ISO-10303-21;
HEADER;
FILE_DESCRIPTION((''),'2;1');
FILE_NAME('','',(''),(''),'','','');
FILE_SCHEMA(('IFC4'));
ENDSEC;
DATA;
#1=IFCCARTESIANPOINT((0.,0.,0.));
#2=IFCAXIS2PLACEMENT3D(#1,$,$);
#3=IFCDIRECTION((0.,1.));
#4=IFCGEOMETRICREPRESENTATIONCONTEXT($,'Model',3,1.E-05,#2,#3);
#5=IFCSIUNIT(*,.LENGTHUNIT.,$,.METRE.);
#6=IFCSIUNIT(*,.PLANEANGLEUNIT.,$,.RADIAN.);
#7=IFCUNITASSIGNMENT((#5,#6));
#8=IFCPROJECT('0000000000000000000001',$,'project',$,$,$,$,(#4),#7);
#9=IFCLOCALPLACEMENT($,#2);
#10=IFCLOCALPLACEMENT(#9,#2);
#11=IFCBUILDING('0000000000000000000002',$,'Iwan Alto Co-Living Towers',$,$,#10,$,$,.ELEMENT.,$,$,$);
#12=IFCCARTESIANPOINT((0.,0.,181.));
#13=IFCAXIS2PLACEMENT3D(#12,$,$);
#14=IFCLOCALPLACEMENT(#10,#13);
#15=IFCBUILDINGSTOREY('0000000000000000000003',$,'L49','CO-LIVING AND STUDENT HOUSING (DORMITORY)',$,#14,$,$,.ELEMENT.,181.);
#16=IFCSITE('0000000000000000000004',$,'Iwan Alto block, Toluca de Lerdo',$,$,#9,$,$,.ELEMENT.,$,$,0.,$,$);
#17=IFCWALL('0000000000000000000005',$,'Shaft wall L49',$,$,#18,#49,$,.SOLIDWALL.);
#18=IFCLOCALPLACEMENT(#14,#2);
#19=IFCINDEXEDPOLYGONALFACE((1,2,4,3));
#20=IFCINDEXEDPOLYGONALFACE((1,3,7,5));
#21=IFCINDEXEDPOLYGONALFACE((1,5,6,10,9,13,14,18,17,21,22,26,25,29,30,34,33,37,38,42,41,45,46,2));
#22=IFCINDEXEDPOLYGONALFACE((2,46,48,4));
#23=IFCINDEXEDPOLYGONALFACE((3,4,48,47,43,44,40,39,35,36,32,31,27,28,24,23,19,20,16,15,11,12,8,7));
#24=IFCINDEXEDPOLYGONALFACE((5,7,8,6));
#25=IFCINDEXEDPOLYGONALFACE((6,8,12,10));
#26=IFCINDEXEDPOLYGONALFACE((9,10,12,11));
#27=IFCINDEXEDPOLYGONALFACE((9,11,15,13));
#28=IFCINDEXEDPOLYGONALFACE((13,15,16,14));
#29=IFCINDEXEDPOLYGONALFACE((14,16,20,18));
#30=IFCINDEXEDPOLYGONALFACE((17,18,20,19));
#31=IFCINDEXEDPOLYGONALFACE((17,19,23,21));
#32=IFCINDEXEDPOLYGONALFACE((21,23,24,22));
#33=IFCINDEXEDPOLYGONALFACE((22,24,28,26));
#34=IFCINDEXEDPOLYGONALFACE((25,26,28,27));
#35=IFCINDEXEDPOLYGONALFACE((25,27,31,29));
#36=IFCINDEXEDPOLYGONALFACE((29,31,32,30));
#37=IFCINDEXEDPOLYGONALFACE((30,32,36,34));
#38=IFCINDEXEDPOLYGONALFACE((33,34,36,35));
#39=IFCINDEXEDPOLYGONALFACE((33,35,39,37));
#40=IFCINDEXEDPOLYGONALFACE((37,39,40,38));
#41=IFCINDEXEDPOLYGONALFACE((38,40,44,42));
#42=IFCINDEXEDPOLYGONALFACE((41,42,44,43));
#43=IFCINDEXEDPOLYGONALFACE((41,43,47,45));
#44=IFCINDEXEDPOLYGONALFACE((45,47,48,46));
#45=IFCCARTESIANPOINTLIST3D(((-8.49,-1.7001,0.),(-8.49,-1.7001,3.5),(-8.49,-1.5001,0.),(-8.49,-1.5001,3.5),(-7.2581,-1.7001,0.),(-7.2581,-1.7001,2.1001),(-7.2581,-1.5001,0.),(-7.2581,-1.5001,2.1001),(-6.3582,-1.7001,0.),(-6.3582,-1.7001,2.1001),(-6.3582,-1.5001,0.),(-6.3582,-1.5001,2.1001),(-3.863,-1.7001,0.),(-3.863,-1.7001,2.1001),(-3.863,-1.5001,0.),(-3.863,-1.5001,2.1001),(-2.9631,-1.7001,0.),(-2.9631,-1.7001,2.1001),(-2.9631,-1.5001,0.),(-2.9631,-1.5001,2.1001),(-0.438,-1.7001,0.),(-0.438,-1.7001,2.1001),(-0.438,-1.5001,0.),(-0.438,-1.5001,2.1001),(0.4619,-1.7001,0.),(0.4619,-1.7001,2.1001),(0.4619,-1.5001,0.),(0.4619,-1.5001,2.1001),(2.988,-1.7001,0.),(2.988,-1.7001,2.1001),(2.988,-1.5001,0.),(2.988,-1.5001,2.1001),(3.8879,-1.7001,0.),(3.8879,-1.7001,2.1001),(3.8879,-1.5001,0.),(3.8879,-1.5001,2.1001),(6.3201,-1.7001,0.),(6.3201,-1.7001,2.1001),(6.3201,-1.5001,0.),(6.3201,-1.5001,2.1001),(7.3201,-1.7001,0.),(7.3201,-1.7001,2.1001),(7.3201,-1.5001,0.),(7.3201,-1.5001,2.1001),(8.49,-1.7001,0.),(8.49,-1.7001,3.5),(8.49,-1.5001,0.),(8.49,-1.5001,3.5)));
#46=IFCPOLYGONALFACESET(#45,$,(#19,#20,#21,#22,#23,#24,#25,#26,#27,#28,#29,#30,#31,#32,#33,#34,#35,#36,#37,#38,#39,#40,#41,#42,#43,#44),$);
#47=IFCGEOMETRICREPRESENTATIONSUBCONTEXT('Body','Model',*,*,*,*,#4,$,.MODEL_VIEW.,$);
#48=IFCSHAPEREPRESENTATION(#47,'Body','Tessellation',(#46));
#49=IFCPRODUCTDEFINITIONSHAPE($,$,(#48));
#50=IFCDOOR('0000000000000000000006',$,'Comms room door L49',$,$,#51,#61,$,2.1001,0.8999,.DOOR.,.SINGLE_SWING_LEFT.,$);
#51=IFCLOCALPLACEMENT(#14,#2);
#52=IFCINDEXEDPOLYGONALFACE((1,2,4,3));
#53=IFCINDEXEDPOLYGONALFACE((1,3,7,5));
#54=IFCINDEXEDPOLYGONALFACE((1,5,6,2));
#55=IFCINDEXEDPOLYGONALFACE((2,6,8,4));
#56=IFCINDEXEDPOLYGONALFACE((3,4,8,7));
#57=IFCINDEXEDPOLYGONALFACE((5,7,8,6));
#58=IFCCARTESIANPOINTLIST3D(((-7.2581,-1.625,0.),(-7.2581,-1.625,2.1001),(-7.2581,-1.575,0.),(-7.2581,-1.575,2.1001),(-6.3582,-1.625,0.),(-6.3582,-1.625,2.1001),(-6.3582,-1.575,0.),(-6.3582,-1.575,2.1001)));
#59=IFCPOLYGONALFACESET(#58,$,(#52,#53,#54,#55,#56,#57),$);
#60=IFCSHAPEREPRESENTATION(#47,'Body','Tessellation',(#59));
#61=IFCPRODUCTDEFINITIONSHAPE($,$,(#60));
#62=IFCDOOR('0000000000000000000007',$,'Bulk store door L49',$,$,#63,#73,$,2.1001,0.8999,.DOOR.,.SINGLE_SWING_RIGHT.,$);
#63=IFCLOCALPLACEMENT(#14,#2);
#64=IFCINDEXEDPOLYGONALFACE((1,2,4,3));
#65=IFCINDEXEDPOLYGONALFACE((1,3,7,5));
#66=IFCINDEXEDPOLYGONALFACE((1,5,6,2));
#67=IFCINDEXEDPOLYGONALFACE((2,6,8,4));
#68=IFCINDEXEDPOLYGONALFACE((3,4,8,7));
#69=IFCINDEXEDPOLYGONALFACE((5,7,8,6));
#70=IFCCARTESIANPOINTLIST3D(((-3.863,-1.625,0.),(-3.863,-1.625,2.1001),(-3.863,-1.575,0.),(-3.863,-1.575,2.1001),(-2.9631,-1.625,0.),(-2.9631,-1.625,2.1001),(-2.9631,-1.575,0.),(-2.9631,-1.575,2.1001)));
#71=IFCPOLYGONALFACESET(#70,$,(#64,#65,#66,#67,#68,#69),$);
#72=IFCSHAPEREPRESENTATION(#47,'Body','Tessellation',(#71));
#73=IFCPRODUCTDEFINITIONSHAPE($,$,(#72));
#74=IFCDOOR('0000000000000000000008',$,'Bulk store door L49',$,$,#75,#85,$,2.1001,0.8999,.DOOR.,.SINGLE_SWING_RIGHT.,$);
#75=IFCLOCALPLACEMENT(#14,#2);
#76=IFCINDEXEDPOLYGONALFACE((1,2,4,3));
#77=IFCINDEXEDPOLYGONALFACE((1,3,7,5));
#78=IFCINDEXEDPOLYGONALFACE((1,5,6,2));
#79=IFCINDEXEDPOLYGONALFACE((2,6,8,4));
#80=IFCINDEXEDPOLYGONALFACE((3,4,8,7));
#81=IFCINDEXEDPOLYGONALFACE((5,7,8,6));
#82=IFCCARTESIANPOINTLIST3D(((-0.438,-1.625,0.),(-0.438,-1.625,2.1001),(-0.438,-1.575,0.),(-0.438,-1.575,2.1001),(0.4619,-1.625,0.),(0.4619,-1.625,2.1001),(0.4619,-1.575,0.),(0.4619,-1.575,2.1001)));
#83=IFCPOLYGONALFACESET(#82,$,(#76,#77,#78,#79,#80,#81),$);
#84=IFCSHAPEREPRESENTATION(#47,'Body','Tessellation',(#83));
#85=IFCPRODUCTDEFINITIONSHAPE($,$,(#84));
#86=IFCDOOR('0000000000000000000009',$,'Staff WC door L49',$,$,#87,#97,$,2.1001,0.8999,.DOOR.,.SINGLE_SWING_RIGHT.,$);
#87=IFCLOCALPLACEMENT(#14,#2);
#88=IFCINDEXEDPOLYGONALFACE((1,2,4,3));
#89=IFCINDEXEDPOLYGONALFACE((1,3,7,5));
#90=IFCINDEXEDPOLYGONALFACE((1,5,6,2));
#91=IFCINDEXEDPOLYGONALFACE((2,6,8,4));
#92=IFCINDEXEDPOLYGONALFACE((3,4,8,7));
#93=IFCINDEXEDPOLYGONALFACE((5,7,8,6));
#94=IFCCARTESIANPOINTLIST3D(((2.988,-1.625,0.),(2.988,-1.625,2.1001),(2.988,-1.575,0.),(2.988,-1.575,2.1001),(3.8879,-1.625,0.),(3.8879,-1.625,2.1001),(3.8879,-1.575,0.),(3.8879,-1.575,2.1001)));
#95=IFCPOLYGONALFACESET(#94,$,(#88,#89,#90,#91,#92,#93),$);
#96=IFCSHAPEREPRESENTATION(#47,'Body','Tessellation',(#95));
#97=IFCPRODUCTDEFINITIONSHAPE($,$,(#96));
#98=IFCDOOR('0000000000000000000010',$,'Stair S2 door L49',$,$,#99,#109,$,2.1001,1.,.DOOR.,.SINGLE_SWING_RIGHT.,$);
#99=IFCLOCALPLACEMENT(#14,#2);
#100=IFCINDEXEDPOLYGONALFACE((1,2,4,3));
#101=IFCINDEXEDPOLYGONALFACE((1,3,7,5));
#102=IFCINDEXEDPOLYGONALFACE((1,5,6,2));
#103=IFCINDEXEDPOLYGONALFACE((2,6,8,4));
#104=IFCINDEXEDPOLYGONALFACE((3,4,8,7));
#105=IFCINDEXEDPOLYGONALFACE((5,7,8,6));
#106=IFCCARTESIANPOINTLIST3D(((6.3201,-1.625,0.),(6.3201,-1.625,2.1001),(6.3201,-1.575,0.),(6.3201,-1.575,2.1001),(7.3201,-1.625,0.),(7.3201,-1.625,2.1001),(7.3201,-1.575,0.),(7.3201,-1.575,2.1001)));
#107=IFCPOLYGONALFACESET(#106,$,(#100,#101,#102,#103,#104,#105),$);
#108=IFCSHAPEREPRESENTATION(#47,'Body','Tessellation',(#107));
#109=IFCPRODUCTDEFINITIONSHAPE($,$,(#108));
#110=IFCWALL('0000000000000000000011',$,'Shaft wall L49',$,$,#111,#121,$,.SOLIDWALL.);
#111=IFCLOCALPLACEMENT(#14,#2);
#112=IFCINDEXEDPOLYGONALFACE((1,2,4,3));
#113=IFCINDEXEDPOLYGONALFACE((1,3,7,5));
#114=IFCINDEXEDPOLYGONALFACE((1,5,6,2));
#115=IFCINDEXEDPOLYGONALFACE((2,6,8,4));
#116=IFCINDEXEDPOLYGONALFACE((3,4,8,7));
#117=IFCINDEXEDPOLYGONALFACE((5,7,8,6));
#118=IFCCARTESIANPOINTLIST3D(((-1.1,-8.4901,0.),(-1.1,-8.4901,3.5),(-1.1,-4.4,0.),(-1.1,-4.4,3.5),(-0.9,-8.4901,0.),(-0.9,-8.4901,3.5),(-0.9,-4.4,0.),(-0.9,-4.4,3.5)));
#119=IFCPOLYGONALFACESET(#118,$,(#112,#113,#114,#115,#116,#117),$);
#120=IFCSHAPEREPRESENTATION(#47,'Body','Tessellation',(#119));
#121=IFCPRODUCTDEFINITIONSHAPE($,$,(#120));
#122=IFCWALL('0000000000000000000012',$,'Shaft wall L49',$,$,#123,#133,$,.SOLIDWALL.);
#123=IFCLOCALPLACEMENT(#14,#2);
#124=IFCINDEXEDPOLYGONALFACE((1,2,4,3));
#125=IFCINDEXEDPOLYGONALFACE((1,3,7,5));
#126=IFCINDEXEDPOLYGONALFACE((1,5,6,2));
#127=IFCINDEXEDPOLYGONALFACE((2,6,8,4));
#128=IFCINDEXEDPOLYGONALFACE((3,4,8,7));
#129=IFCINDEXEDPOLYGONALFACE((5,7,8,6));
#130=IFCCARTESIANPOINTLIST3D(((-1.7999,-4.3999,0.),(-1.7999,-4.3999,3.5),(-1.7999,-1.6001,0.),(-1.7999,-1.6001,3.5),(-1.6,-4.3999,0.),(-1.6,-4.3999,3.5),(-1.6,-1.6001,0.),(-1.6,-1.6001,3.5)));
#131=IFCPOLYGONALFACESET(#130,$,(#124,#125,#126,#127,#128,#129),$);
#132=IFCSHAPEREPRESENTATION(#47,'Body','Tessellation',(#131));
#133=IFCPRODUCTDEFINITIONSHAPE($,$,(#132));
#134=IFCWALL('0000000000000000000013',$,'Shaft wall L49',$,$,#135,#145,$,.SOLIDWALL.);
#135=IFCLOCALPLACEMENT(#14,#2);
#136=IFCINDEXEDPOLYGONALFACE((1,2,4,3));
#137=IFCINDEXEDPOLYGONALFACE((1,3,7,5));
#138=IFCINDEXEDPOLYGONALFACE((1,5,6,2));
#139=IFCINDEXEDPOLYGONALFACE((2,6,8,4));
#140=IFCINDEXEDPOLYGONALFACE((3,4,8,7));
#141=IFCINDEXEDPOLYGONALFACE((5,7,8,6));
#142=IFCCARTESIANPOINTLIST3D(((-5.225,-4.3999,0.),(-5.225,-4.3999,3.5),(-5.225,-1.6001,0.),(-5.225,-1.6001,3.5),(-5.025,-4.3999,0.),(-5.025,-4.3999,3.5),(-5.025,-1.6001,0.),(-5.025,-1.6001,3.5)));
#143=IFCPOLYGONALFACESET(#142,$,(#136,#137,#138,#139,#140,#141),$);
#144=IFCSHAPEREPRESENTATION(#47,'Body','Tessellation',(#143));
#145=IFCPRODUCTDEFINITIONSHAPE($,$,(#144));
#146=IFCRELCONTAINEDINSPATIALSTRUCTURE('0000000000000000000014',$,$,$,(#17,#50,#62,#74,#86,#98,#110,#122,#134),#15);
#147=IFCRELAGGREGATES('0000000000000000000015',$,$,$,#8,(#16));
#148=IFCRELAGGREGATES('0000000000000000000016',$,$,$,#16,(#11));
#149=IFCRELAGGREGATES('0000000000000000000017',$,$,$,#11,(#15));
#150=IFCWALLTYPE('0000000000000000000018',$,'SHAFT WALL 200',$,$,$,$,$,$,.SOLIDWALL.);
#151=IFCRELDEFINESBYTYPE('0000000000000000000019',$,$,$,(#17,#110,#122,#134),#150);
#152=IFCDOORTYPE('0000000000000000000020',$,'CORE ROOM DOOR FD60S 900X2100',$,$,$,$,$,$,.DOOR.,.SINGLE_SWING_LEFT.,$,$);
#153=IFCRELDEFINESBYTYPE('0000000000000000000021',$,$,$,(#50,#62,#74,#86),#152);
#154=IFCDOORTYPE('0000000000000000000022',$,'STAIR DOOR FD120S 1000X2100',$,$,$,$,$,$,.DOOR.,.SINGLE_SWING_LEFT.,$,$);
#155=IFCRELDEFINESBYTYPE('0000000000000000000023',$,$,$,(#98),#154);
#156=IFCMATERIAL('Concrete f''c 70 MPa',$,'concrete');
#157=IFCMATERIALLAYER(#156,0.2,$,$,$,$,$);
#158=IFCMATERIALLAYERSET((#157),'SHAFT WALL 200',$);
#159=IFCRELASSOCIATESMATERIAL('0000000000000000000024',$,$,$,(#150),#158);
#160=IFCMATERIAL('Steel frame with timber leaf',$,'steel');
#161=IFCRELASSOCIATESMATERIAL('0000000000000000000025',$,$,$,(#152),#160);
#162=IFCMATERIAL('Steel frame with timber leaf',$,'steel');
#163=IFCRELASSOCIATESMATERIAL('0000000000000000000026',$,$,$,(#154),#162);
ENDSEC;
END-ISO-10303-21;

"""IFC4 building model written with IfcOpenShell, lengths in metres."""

from ifc_helpers import new_model, si_unit, direction, frame, frame_2d, origin, place, context, subcontext, project, spatial, rectangle, extrude, material, layer, layer_set, type_object, element, fill, save


model = new_model("IFC4")

# Units and contexts
model_context = context("Model", 3, precision=1e-05, world=origin(), true_north=direction((0.0, 1.0)))
body_context = subcontext(model_context, "Body", "Model", "MODEL_VIEW")
ifc_project = project(units=[si_unit("LENGTHUNIT", "METRE"), si_unit("PLANEANGLEUNIT", "RADIAN")], contexts=[model_context])

# Site, building, storey
site_placement = place(None, origin())
site = spatial("IfcSite", under=ifc_project, at=site_placement, Name="Iwan Alto block, Toluca de Lerdo", CompositionType="ELEMENT", RefElevation=0.0)
building_placement = place(site_placement, origin())
building = spatial("IfcBuilding", under=site, at=building_placement, Name="Iwan Alto Co-Living Towers", CompositionType="ELEMENT")
storey_placement = place(building_placement, frame((0.0, 0.0, 181.0)))
storey = spatial("IfcBuildingStorey", under=building, at=storey_placement, Name="L49", Description="CO-LIVING AND STUDENT HOUSING (DORMITORY)", CompositionType="ELEMENT", Elevation=181.0)

# Shared definitions
ifc_material_1 = material(Name="Concrete f'c 70 MPa", Category="concrete")
ifc_layer_1 = layer(ifc_material_1, 0.2)
ifc_layer_set_1 = layer_set([ifc_layer_1], Name="SHAFT WALL 200")
wall_type_1 = type_object("IfcWallType", Name="SHAFT WALL 200", PredefinedType="SOLIDWALL", material=ifc_layer_set_1)

# Wall, openings, doors
wall_1_placement = place(storey_placement, frame((-8.49, -1.6001, 0.0), z_axis=(0.0, 0.0, 1.0), x_axis=(1.0, 0.0, 0.0)))
wall_1 = element("IfcWall", 1, at=wall_1_placement, inside=storey, type_object=wall_type_1, Name="Shaft wall L49", PredefinedType="SOLIDWALL", context=body_context, shape_type="SweptSolid", body=[
    extrude(rectangle(XDim=16.98, YDim=0.2, at=frame_2d((8.49, 0.0))), origin(), (0.0, 0.0, 1.0), 3.5),
])
opening_1_placement = place(wall_1_placement, frame((14.8101, 0.0, 0.0)))
opening_1 = element("IfcOpeningElement", 2, at=opening_1_placement, cuts=wall_1, PredefinedType="OPENING", context=body_context, shape_type="SweptSolid", body=[
    extrude(rectangle(XDim=1.0, YDim=2.1001, at=frame_2d((0.5, 1.05))), frame((0.0, 0.1099, 0.0), z_axis=(0.0, -1.0, 0.0), x_axis=(1.0, 0.0, 0.0)), (0.0, 0.0, 1.0), 0.22),
])
opening_2_placement = place(wall_1_placement, frame((1.2319, 0.0, 0.0)))
opening_2 = element("IfcOpeningElement", 3, at=opening_2_placement, cuts=wall_1, PredefinedType="OPENING", context=body_context, shape_type="SweptSolid", body=[
    extrude(rectangle(XDim=0.8999, YDim=2.1001, at=frame_2d((0.45, 1.05))), frame((0.0, 0.1099, 0.0), z_axis=(0.0, -1.0, 0.0), x_axis=(1.0, 0.0, 0.0)), (0.0, 0.0, 1.0), 0.22),
])
opening_3_placement = place(wall_1_placement, frame((4.627, 0.0, 0.0)))
opening_3 = element("IfcOpeningElement", 4, at=opening_3_placement, cuts=wall_1, PredefinedType="OPENING", context=body_context, shape_type="SweptSolid", body=[
    extrude(rectangle(XDim=0.8999, YDim=2.1001, at=frame_2d((0.45, 1.05))), frame((0.0, 0.1099, 0.0), z_axis=(0.0, -1.0, 0.0), x_axis=(1.0, 0.0, 0.0)), (0.0, 0.0, 1.0), 0.22),
])
opening_4_placement = place(wall_1_placement, frame((8.052, 0.0, 0.0)))
opening_4 = element("IfcOpeningElement", 5, at=opening_4_placement, cuts=wall_1, PredefinedType="OPENING", context=body_context, shape_type="SweptSolid", body=[
    extrude(rectangle(XDim=0.8999, YDim=2.1001, at=frame_2d((0.45, 1.05))), frame((0.0, 0.1099, 0.0), z_axis=(0.0, -1.0, 0.0), x_axis=(1.0, 0.0, 0.0)), (0.0, 0.0, 1.0), 0.22),
])
opening_5_placement = place(wall_1_placement, frame((11.478, 0.0, 0.0)))
opening_5 = element("IfcOpeningElement", 6, at=opening_5_placement, cuts=wall_1, PredefinedType="OPENING", context=body_context, shape_type="SweptSolid", body=[
    extrude(rectangle(XDim=0.8999, YDim=2.1001, at=frame_2d((0.45, 1.05))), frame((0.0, 0.1099, 0.0), z_axis=(0.0, -1.0, 0.0), x_axis=(1.0, 0.0, 0.0)), (0.0, 0.0, 1.0), 0.22),
])
ifc_material_2 = material(Name="Steel frame with timber leaf", Category="steel")
door_type_1 = type_object("IfcDoorType", Name="CORE ROOM DOOR FD60S 900X2100", OperationType="SINGLE_SWING_LEFT", PredefinedType="DOOR", material=ifc_material_2)
door_1_placement = place(opening_2_placement, frame((0.8999, 0.0, 0.0), z_axis=(0.0, 0.0, 1.0), x_axis=(-1.0, 0.0, 0.0)))
door_1 = element("IfcDoor", 7, at=door_1_placement, inside=storey, type_object=door_type_1, Name="Comms room door L49", OperationType="SINGLE_SWING_LEFT", OverallHeight=2.1001, OverallWidth=0.8999, PredefinedType="DOOR", context=body_context, shape_type="SweptSolid", body=[
    extrude(rectangle(XDim=0.8999, YDim=2.1001, at=frame_2d((0.45, 1.05))), frame((0.0, 0.0249, 0.0), z_axis=(0.0, -1.0, 0.0), x_axis=(1.0, 0.0, 0.0)), (0.0, 0.0, 1.0), 0.05),
])
fill(opening_2, door_1)
door_2_placement = place(opening_3_placement, frame((0.8999, 0.0, 0.0), z_axis=(0.0, 0.0, 1.0), x_axis=(-1.0, 0.0, 0.0)))
door_2 = element("IfcDoor", 8, at=door_2_placement, inside=storey, type_object=door_type_1, Name="Bulk store door L49", OperationType="SINGLE_SWING_RIGHT", OverallHeight=2.1001, OverallWidth=0.8999, PredefinedType="DOOR", context=body_context, shape_type="SweptSolid", body=[
    extrude(rectangle(XDim=0.8999, YDim=2.1001, at=frame_2d((0.45, 1.05))), frame((0.0, 0.0249, 0.0), z_axis=(0.0, -1.0, 0.0), x_axis=(1.0, 0.0, 0.0)), (0.0, 0.0, 1.0), 0.05),
])
fill(opening_3, door_2)
door_3_placement = place(opening_4_placement, frame((0.8999, 0.0, 0.0), z_axis=(0.0, 0.0, 1.0), x_axis=(-1.0, 0.0, 0.0)))
door_3 = element("IfcDoor", 9, at=door_3_placement, inside=storey, type_object=door_type_1, Name="Bulk store door L49", OperationType="SINGLE_SWING_RIGHT", OverallHeight=2.1001, OverallWidth=0.8999, PredefinedType="DOOR", context=body_context, shape_type="SweptSolid", body=[
    extrude(rectangle(XDim=0.8999, YDim=2.1001, at=frame_2d((0.45, 1.05))), frame((0.0, 0.0249, 0.0), z_axis=(0.0, -1.0, 0.0), x_axis=(1.0, 0.0, 0.0)), (0.0, 0.0, 1.0), 0.05),
])
fill(opening_4, door_3)
door_4_placement = place(opening_5_placement, frame((0.8999, 0.0, 0.0), z_axis=(0.0, 0.0, 1.0), x_axis=(-1.0, 0.0, 0.0)))
door_4 = element("IfcDoor", 10, at=door_4_placement, inside=storey, type_object=door_type_1, Name="Staff WC door L49", OperationType="SINGLE_SWING_RIGHT", OverallHeight=2.1001, OverallWidth=0.8999, PredefinedType="DOOR", context=body_context, shape_type="SweptSolid", body=[
    extrude(rectangle(XDim=0.8999, YDim=2.1001, at=frame_2d((0.45, 1.05))), frame((0.0, 0.0249, 0.0), z_axis=(0.0, -1.0, 0.0), x_axis=(1.0, 0.0, 0.0)), (0.0, 0.0, 1.0), 0.05),
])
fill(opening_5, door_4)
ifc_material_3 = material(Name="Steel frame with timber leaf", Category="steel")
door_type_2 = type_object("IfcDoorType", Name="STAIR DOOR FD120S 1000X2100", OperationType="SINGLE_SWING_LEFT", PredefinedType="DOOR", material=ifc_material_3)
door_5_placement = place(opening_1_placement, frame((1.0, 0.0, 0.0), z_axis=(0.0, 0.0, 1.0), x_axis=(-1.0, 0.0, 0.0)))
door_5 = element("IfcDoor", 11, at=door_5_placement, inside=storey, type_object=door_type_2, Name="Stair S2 door L49", OperationType="SINGLE_SWING_RIGHT", OverallHeight=2.1001, OverallWidth=1.0, PredefinedType="DOOR", context=body_context, shape_type="SweptSolid", body=[
    extrude(rectangle(XDim=1.0, YDim=2.1001, at=frame_2d((0.5, 1.05))), frame((0.0, 0.0249, 0.0), z_axis=(0.0, -1.0, 0.0), x_axis=(1.0, 0.0, 0.0)), (0.0, 0.0, 1.0), 0.05),
])
fill(opening_1, door_5)

# Walls
wall_2_placement = place(storey_placement, frame((-1.0, -8.49, 0.0), z_axis=(0.0, 0.0, 1.0), x_axis=(0.0, 1.0, 0.0)))
element("IfcWall", 12, at=wall_2_placement, inside=storey, type_object=wall_type_1, Name="Shaft wall L49", PredefinedType="SOLIDWALL", context=body_context, shape_type="SweptSolid", body=[
    extrude(rectangle(XDim=4.0901, YDim=0.2, at=frame_2d((2.0449, 0.0))), origin(), (0.0, 0.0, 1.0), 3.5),
])
for number, where, z_axis, x_axis, name in (
    (13, (-1.7, -4.3999, 0.0), (0.0, 0.0, 1.0), (0.0, 1.0, 0.0), "Shaft wall L49"),
    (14, (-5.125, -4.3999, 0.0), (0.0, 0.0, 1.0), (0.0, 1.0, 0.0), "Shaft wall L49"),
):
    element("IfcWall", number, at=place(storey_placement, frame(where, z_axis=z_axis, x_axis=x_axis)), inside=storey, type_object=wall_type_1, Name=name, PredefinedType="SOLIDWALL", context=body_context, shape_type="SweptSolid", body=[
        extrude(rectangle(XDim=2.7998, YDim=0.2, at=frame_2d((1.3999, 0.0))), origin(), (0.0, 0.0, 1.0), 3.5),
    ])

save(model, "model.ifc")
